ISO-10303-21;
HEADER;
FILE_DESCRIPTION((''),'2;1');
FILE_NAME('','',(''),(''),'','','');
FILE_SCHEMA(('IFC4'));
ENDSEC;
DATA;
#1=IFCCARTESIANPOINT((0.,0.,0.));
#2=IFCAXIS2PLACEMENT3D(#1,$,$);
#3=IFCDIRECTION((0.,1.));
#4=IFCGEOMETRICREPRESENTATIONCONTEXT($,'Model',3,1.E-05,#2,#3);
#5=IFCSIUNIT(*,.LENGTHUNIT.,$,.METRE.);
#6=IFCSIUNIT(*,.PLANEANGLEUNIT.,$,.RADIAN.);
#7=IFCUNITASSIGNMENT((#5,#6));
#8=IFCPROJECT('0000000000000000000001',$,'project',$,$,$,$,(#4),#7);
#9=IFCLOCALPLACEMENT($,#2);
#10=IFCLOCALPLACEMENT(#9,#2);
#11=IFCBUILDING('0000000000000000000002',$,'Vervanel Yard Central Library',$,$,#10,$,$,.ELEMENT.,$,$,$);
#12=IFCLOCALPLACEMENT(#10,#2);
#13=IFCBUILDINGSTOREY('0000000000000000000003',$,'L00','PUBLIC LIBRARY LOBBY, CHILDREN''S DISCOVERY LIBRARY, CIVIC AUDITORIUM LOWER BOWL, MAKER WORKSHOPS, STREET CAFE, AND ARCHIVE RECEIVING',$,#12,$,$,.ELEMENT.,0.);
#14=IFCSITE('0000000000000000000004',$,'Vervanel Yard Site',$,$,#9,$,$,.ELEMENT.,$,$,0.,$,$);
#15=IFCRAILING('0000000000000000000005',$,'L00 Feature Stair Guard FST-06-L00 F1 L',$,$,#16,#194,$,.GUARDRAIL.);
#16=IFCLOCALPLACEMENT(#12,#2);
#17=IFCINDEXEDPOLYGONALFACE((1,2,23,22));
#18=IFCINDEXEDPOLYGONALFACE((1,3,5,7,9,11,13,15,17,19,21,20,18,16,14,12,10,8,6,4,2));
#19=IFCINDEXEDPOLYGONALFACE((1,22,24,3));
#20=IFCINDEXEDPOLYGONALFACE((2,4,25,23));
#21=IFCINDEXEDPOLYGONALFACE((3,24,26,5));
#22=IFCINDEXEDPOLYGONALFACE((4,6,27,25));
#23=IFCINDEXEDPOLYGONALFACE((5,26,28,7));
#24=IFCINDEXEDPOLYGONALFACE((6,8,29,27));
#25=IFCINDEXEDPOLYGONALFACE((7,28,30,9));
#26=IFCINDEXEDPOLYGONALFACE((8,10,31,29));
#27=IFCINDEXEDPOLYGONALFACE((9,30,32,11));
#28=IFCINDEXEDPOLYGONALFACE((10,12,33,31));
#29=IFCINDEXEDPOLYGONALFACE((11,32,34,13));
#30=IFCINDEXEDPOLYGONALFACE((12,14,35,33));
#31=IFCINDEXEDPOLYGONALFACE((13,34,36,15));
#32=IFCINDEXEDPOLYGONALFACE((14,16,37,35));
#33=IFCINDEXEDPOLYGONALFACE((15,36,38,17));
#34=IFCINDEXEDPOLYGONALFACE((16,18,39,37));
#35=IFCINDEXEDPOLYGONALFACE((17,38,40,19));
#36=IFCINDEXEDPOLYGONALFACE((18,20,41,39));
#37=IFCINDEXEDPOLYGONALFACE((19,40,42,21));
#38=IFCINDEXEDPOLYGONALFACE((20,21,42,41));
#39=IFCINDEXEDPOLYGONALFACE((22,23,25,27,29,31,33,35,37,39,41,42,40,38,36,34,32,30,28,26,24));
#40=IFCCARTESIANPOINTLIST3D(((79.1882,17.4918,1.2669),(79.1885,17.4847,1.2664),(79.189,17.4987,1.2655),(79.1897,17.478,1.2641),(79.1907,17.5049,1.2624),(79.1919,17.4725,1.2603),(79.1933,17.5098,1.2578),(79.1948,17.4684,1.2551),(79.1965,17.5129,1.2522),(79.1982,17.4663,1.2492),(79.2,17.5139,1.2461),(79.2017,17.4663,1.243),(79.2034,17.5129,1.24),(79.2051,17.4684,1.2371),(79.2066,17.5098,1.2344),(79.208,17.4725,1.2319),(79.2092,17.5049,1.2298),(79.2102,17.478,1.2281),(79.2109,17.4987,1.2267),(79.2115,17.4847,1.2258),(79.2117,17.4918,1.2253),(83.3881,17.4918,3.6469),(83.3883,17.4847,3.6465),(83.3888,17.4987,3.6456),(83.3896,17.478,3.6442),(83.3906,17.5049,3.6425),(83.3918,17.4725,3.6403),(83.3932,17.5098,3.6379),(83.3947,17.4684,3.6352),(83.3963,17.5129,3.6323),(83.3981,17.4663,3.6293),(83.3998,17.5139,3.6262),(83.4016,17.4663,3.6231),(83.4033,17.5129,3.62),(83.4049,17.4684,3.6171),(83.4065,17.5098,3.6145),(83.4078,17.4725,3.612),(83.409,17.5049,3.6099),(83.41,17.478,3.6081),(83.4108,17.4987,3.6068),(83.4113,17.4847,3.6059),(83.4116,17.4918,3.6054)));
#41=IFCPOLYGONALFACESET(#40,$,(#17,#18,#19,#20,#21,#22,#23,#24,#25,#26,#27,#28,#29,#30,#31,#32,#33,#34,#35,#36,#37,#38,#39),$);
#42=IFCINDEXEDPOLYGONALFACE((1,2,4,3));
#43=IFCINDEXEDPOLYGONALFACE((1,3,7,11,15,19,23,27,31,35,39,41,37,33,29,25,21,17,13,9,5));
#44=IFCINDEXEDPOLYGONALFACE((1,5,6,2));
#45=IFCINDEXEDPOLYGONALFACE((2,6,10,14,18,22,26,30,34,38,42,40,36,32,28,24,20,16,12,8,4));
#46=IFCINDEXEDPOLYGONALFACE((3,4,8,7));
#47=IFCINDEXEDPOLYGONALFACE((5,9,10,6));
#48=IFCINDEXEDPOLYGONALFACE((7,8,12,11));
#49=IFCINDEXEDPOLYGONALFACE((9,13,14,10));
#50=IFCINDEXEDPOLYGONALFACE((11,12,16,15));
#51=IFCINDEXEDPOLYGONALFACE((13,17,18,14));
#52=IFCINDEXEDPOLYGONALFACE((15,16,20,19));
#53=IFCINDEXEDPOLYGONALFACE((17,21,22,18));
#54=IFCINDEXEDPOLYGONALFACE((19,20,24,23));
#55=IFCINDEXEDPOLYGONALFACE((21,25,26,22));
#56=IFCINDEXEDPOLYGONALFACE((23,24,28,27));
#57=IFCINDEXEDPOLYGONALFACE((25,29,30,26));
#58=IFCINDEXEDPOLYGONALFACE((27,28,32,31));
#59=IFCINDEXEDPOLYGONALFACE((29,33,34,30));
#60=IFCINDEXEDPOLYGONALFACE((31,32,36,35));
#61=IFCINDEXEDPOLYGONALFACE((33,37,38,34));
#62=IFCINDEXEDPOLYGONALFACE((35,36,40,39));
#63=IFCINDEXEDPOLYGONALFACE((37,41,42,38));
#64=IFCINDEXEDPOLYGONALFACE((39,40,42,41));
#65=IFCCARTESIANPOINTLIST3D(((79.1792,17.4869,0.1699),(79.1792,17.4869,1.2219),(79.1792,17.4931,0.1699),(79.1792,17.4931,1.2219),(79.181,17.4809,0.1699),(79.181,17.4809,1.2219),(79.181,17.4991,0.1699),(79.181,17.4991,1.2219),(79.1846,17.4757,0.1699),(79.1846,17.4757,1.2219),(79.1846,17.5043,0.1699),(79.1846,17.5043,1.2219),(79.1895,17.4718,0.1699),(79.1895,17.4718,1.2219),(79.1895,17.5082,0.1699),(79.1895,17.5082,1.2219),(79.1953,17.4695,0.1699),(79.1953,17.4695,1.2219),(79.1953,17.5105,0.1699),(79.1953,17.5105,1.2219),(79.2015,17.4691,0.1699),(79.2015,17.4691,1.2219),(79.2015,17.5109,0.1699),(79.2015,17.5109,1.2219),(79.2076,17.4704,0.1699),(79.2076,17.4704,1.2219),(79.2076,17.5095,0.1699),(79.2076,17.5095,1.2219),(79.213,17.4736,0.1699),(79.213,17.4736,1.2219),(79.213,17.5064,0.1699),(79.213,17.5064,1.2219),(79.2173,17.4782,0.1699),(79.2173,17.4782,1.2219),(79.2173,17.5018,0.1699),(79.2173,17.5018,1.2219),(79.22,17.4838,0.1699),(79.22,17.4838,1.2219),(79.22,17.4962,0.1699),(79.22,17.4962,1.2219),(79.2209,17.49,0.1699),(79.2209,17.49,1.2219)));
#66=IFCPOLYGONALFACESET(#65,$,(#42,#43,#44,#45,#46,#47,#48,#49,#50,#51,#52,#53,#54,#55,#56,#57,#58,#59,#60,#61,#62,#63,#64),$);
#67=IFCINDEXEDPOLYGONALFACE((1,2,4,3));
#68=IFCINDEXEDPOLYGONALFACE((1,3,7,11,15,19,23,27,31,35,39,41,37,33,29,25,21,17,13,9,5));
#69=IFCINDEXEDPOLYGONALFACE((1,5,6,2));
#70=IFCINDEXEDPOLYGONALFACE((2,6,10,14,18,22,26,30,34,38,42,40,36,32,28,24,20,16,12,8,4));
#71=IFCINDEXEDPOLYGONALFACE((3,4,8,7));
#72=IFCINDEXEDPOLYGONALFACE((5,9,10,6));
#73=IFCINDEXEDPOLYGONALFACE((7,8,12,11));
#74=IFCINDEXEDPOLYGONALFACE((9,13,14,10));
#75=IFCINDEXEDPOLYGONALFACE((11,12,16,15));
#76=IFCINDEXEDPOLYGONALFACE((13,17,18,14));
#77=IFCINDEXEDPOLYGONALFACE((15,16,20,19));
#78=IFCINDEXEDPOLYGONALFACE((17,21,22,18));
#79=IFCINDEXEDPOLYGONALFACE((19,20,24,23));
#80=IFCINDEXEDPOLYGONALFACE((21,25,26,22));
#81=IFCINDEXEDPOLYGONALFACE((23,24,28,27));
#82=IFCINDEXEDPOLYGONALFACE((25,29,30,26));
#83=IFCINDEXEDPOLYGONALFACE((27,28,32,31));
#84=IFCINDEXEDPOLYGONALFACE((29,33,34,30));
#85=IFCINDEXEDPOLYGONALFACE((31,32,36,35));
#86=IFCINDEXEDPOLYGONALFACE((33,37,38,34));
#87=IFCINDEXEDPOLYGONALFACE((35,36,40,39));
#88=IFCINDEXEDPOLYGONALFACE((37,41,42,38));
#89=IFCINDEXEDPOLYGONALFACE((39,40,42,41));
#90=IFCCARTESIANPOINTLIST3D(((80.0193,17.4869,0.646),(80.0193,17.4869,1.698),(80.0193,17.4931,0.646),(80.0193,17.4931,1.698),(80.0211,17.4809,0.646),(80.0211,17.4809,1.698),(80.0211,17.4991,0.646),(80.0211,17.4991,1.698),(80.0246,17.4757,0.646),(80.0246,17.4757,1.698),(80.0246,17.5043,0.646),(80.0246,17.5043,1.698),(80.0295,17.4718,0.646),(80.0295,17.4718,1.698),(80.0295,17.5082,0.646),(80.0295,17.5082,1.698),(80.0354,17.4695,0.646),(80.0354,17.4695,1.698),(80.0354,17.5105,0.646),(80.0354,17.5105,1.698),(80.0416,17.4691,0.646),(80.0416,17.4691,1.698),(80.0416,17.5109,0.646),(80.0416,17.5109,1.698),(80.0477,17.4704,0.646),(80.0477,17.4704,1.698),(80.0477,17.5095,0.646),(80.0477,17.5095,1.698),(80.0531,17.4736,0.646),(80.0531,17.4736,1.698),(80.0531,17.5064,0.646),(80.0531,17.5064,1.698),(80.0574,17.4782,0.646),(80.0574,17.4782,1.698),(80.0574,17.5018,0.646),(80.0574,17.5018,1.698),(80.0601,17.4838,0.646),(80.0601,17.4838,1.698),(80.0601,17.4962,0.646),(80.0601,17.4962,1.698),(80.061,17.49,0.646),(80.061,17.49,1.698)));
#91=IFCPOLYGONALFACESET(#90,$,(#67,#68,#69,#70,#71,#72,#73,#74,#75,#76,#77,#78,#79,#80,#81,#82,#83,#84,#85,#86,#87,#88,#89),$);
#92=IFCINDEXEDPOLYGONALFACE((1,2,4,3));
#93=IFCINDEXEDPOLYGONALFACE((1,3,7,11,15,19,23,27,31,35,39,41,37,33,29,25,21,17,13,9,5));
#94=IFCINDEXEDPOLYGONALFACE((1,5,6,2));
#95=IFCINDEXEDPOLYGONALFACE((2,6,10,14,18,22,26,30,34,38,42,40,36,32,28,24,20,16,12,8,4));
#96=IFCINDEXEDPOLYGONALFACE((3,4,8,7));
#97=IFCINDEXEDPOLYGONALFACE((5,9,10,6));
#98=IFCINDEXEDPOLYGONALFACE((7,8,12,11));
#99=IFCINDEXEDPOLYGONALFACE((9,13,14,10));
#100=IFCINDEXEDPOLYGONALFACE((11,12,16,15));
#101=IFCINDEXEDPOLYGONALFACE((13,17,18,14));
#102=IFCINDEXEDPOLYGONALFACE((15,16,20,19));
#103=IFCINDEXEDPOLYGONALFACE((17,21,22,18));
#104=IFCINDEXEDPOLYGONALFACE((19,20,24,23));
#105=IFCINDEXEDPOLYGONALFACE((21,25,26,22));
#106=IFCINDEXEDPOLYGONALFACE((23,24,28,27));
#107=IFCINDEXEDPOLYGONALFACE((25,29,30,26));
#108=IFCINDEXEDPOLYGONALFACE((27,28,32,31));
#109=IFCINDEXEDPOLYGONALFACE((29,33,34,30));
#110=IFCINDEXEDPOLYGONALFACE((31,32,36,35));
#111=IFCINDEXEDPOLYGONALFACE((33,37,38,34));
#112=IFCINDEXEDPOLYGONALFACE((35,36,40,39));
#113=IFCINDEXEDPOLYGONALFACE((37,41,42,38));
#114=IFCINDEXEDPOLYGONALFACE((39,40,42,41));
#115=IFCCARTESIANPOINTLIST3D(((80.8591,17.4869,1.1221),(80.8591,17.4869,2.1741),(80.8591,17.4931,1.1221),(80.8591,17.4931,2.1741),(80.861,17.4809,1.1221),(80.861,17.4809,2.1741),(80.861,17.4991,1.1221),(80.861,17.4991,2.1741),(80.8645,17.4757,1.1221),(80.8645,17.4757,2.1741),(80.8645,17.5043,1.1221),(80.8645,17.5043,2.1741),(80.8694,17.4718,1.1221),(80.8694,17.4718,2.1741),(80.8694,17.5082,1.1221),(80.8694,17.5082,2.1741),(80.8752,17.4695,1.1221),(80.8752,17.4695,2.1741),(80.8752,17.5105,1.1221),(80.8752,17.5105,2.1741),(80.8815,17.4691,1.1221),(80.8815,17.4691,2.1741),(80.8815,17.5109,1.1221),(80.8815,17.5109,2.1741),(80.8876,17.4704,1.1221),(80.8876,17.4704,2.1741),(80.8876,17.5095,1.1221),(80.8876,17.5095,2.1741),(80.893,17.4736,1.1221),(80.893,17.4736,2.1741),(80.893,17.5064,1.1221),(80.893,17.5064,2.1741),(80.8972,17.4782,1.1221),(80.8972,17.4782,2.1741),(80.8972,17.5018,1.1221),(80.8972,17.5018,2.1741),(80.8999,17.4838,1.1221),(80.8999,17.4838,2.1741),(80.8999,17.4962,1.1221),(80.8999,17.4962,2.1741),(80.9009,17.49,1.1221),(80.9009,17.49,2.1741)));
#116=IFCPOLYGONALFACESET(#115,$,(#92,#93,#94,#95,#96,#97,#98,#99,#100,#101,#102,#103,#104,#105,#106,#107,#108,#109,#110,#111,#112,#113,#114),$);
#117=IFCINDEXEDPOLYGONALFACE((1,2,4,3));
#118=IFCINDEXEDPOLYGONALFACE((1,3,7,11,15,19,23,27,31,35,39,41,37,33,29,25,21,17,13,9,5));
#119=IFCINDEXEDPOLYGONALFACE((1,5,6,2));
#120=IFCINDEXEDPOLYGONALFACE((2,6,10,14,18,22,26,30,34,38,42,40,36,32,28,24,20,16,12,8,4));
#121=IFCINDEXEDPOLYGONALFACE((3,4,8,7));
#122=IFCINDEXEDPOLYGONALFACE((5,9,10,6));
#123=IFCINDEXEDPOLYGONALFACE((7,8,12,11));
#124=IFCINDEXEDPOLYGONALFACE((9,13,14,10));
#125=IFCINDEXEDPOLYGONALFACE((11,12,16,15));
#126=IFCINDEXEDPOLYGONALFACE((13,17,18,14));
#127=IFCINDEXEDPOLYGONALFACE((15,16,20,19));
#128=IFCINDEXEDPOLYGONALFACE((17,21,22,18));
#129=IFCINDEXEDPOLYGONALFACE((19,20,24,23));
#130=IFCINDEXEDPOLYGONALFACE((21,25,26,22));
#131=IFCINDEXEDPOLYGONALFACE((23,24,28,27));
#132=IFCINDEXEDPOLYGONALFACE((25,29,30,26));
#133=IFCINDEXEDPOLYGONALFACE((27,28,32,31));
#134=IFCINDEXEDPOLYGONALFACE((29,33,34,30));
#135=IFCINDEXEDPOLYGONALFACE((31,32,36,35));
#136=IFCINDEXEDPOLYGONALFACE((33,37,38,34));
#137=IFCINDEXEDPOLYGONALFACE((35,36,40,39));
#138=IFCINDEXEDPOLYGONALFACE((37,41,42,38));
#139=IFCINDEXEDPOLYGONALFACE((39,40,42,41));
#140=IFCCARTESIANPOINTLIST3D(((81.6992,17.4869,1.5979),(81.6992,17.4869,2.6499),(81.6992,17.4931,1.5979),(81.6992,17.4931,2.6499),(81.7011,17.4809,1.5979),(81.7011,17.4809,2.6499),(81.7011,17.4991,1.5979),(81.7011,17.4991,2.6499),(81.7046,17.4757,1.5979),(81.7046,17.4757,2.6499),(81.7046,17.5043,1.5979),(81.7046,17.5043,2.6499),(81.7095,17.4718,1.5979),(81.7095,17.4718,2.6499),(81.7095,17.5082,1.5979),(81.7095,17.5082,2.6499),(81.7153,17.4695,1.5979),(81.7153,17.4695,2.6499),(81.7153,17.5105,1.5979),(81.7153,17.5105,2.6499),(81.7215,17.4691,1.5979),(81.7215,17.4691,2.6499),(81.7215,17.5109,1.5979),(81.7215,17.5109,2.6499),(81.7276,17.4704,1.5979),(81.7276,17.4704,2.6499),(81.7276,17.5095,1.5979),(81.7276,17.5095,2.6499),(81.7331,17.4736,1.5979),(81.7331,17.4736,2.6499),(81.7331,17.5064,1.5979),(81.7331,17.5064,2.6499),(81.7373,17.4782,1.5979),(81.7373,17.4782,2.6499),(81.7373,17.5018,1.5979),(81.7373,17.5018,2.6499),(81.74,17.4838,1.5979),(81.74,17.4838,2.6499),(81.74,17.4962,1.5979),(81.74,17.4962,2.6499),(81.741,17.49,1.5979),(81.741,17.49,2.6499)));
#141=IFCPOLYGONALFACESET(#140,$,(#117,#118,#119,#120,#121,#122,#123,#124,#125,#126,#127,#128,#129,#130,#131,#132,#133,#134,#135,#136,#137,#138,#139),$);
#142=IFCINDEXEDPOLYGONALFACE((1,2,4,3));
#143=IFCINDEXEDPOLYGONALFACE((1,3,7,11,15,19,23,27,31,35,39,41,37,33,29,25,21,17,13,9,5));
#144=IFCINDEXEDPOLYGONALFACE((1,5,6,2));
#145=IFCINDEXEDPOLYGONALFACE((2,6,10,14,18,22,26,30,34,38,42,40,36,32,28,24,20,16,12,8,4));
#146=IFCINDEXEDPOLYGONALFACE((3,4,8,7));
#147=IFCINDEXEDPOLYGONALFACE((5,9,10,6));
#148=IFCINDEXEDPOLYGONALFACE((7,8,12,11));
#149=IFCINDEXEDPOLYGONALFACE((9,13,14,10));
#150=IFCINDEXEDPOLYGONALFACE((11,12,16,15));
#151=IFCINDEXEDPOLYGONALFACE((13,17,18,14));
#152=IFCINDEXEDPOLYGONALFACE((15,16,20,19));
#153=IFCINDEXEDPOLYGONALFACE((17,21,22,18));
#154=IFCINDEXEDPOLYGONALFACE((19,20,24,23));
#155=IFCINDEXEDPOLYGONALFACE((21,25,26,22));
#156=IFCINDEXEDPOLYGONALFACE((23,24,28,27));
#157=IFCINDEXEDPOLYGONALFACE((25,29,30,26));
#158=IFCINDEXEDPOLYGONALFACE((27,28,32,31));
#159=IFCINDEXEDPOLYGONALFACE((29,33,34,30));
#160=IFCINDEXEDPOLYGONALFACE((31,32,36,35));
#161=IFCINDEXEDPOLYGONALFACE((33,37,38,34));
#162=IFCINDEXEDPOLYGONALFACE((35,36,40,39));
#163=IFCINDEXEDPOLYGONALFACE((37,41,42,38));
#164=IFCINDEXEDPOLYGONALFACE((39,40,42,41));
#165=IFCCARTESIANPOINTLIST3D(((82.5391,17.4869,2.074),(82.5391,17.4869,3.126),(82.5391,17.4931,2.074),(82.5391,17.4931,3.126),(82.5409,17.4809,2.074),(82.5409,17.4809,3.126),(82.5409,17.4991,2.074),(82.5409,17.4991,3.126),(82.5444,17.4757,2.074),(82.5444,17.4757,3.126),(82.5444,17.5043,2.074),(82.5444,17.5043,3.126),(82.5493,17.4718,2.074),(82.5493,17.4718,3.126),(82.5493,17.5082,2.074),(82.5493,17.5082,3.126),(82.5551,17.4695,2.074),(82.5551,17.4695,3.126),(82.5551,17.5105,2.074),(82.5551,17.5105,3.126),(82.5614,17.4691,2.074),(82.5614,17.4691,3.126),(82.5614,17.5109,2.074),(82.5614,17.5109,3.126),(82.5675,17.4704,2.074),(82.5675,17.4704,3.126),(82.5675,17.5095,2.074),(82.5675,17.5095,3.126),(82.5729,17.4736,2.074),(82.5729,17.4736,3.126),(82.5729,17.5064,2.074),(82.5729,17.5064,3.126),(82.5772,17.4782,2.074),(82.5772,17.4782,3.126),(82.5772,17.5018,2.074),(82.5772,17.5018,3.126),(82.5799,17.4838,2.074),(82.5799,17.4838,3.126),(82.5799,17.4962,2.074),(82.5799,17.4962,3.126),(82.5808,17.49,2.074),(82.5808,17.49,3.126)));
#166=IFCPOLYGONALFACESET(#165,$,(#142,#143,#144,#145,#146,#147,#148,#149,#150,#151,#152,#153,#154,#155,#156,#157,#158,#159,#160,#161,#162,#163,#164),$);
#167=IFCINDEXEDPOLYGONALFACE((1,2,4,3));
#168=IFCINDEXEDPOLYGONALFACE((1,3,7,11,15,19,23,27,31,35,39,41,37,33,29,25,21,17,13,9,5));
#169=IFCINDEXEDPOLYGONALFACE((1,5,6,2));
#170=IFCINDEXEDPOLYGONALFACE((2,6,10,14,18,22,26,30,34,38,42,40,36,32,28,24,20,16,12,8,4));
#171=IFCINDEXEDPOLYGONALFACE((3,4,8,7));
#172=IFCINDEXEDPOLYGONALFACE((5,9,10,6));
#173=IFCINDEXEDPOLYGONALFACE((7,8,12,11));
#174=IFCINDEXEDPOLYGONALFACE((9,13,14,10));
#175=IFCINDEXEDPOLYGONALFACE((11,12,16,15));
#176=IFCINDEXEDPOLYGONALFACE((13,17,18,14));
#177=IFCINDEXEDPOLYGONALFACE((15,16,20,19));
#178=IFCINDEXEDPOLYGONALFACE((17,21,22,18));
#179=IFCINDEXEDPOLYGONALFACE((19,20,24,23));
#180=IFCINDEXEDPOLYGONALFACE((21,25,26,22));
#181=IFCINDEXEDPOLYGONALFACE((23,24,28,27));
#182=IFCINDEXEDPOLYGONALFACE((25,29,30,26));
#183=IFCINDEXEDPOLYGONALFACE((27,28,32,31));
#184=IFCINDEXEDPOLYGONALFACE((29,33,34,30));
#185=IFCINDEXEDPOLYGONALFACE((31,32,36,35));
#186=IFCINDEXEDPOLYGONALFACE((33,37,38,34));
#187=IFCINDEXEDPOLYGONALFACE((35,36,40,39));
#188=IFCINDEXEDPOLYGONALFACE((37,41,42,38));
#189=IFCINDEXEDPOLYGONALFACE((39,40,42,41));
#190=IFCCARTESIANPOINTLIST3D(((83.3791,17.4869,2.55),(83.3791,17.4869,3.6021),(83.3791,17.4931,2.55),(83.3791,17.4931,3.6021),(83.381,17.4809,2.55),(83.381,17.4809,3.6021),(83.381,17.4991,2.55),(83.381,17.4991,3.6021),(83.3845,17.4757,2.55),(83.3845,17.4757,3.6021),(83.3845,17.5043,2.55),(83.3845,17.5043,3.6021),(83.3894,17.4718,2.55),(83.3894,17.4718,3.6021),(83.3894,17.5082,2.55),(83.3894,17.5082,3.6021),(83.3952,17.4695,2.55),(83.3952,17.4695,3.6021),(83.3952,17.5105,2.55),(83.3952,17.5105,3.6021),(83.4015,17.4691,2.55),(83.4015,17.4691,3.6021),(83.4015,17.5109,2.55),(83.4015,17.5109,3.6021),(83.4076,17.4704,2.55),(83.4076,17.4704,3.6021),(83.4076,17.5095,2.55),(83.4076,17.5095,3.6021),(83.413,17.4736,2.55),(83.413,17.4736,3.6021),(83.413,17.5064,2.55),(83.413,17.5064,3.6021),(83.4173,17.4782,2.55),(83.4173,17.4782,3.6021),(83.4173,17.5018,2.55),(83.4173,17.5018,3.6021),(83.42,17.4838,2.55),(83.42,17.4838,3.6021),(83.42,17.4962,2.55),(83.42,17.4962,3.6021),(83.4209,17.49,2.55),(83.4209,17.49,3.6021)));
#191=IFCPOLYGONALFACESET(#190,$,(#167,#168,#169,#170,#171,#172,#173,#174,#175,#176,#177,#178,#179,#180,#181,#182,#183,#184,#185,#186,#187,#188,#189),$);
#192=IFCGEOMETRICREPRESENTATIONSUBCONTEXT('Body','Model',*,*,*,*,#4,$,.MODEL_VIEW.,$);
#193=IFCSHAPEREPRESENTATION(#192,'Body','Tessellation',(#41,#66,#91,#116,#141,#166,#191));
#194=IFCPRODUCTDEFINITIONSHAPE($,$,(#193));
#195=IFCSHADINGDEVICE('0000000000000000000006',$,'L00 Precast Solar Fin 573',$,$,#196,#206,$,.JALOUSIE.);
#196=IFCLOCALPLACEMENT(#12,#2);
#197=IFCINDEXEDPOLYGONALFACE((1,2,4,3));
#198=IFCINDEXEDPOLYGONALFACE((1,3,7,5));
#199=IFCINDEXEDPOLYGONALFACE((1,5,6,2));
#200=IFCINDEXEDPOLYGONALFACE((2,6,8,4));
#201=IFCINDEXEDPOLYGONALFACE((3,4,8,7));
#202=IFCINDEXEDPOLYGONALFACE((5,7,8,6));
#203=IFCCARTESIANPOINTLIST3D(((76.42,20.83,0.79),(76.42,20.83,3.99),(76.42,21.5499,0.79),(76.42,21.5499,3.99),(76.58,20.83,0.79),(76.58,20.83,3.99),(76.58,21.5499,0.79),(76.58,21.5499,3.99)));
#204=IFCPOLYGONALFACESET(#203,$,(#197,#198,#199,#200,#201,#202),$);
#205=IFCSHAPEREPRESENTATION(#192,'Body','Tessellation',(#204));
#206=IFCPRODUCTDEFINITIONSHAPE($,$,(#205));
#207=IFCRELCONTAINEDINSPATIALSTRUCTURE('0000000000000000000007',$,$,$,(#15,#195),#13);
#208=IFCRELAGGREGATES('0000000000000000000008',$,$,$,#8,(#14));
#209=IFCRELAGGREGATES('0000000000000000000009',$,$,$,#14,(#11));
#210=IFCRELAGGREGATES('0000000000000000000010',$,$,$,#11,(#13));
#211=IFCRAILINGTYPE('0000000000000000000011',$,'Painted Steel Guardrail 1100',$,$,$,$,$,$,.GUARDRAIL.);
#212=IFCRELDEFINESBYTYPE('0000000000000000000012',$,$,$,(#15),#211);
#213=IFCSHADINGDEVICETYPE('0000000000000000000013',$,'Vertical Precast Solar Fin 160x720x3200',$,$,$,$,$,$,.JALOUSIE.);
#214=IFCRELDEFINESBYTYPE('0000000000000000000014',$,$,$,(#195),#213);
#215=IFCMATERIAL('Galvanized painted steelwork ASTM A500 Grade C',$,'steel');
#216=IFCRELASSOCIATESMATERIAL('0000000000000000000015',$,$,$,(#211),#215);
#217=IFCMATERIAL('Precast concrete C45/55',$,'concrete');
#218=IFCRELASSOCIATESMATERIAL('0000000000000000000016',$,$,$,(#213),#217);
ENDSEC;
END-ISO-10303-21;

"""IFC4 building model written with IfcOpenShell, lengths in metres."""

from ifc_helpers import new_model, si_unit, direction, frame, origin, origin_2d, place, context, subcontext, project, spatial, rectangle, circle, extrude, material, type_object, element, save


model = new_model("IFC4")

# Units and contexts
model_context = context("Model", 3, precision=1e-05, world=origin(), true_north=direction((0.0, 1.0)))
body_context = subcontext(model_context, "Body", "Model", "MODEL_VIEW")
ifc_project = project(units=[si_unit("LENGTHUNIT", "METRE"), si_unit("PLANEANGLEUNIT", "RADIAN")], contexts=[model_context])

# Site, building, storey
site_placement = place(None, origin())
site = spatial("IfcSite", under=ifc_project, at=site_placement, Name="Vervanel Yard Site", CompositionType="ELEMENT", RefElevation=0.0)
building_placement = place(site_placement, origin())
building = spatial("IfcBuilding", under=site, at=building_placement, Name="Vervanel Yard Central Library", CompositionType="ELEMENT")
storey_placement = place(building_placement, origin())
storey = spatial("IfcBuildingStorey", under=building, at=storey_placement, Name="L00", Description="PUBLIC LIBRARY LOBBY, CHILDREN'S DISCOVERY LIBRARY, CIVIC AUDITORIUM LOWER BOWL, MAKER WORKSHOPS, STREET CAFE, AND ARCHIVE RECEIVING", CompositionType="ELEMENT", Elevation=0.0)

# Railing
ifc_material_1 = material(Name="Galvanized painted steelwork ASTM A500 Grade C", Category="steel")
railing_type = type_object("IfcRailingType", Name="Painted Steel Guardrail 1100", PredefinedType="GUARDRAIL", material=ifc_material_1)
railing_placement = place(storey_placement, frame((79.2, 17.49, 0.1699)))
element("IfcRailing", 1, at=railing_placement, inside=storey, type_object=railing_type, Name="L00 Feature Stair Guard FST-06-L00 F1 L", PredefinedType="GUARDRAIL", context=body_context, shape_type="SweptSolid", body=[
    extrude(circle(Radius=0.0239, at=origin_2d()), frame((0.0, 0.0, 1.0762), z_axis=(0.870008, 0.0, 0.493037), x_axis=(0.0, 1.0, 0.0)), (0.0, 0.0, 1.0), 4.8274),
    extrude(circle(Radius=0.021, at=origin_2d()), origin(), (0.0, 0.0, 1.0), 1.052),
    extrude(circle(Radius=0.021, at=origin_2d()), frame((0.8401, 0.0, 0.4761)), (0.0, 0.0, 1.0), 1.052),
    extrude(circle(Radius=0.021, at=origin_2d()), frame((1.6799, 0.0, 0.9521)), (0.0, 0.0, 1.0), 1.052),
    extrude(circle(Radius=0.021, at=origin_2d()), frame((2.52, 0.0, 1.428)), (0.0, 0.0, 1.0), 1.052),
    extrude(circle(Radius=0.021, at=origin_2d()), frame((3.3599, 0.0, 1.9041)), (0.0, 0.0, 1.0), 1.052),
    extrude(circle(Radius=0.021, at=origin_2d()), frame((4.2, 0.0, 2.3801)), (0.0, 0.0, 1.0), 1.052),
])

# Shading device
ifc_material_2 = material(Name="Precast concrete C45/55", Category="concrete")
shading_device_type = type_object("IfcShadingDeviceType", Name="Vertical Precast Solar Fin 160x720x3200", PredefinedType="JALOUSIE", material=ifc_material_2)
shading_device_placement = place(storey_placement, frame((76.5, 21.1899, 0.79), z_axis=(0.0, 0.0, 1.0), x_axis=(1.0, 0.0, 0.0)))
element("IfcShadingDevice", 2, at=shading_device_placement, inside=storey, type_object=shading_device_type, Name="L00 Precast Solar Fin 573", PredefinedType="JALOUSIE", context=body_context, shape_type="SweptSolid", body=[
    extrude(rectangle(XDim=0.1599, YDim=0.72, at=origin_2d()), origin(), (0.0, 0.0, 1.0), 3.2),
])

save(model, "model.ifc")
